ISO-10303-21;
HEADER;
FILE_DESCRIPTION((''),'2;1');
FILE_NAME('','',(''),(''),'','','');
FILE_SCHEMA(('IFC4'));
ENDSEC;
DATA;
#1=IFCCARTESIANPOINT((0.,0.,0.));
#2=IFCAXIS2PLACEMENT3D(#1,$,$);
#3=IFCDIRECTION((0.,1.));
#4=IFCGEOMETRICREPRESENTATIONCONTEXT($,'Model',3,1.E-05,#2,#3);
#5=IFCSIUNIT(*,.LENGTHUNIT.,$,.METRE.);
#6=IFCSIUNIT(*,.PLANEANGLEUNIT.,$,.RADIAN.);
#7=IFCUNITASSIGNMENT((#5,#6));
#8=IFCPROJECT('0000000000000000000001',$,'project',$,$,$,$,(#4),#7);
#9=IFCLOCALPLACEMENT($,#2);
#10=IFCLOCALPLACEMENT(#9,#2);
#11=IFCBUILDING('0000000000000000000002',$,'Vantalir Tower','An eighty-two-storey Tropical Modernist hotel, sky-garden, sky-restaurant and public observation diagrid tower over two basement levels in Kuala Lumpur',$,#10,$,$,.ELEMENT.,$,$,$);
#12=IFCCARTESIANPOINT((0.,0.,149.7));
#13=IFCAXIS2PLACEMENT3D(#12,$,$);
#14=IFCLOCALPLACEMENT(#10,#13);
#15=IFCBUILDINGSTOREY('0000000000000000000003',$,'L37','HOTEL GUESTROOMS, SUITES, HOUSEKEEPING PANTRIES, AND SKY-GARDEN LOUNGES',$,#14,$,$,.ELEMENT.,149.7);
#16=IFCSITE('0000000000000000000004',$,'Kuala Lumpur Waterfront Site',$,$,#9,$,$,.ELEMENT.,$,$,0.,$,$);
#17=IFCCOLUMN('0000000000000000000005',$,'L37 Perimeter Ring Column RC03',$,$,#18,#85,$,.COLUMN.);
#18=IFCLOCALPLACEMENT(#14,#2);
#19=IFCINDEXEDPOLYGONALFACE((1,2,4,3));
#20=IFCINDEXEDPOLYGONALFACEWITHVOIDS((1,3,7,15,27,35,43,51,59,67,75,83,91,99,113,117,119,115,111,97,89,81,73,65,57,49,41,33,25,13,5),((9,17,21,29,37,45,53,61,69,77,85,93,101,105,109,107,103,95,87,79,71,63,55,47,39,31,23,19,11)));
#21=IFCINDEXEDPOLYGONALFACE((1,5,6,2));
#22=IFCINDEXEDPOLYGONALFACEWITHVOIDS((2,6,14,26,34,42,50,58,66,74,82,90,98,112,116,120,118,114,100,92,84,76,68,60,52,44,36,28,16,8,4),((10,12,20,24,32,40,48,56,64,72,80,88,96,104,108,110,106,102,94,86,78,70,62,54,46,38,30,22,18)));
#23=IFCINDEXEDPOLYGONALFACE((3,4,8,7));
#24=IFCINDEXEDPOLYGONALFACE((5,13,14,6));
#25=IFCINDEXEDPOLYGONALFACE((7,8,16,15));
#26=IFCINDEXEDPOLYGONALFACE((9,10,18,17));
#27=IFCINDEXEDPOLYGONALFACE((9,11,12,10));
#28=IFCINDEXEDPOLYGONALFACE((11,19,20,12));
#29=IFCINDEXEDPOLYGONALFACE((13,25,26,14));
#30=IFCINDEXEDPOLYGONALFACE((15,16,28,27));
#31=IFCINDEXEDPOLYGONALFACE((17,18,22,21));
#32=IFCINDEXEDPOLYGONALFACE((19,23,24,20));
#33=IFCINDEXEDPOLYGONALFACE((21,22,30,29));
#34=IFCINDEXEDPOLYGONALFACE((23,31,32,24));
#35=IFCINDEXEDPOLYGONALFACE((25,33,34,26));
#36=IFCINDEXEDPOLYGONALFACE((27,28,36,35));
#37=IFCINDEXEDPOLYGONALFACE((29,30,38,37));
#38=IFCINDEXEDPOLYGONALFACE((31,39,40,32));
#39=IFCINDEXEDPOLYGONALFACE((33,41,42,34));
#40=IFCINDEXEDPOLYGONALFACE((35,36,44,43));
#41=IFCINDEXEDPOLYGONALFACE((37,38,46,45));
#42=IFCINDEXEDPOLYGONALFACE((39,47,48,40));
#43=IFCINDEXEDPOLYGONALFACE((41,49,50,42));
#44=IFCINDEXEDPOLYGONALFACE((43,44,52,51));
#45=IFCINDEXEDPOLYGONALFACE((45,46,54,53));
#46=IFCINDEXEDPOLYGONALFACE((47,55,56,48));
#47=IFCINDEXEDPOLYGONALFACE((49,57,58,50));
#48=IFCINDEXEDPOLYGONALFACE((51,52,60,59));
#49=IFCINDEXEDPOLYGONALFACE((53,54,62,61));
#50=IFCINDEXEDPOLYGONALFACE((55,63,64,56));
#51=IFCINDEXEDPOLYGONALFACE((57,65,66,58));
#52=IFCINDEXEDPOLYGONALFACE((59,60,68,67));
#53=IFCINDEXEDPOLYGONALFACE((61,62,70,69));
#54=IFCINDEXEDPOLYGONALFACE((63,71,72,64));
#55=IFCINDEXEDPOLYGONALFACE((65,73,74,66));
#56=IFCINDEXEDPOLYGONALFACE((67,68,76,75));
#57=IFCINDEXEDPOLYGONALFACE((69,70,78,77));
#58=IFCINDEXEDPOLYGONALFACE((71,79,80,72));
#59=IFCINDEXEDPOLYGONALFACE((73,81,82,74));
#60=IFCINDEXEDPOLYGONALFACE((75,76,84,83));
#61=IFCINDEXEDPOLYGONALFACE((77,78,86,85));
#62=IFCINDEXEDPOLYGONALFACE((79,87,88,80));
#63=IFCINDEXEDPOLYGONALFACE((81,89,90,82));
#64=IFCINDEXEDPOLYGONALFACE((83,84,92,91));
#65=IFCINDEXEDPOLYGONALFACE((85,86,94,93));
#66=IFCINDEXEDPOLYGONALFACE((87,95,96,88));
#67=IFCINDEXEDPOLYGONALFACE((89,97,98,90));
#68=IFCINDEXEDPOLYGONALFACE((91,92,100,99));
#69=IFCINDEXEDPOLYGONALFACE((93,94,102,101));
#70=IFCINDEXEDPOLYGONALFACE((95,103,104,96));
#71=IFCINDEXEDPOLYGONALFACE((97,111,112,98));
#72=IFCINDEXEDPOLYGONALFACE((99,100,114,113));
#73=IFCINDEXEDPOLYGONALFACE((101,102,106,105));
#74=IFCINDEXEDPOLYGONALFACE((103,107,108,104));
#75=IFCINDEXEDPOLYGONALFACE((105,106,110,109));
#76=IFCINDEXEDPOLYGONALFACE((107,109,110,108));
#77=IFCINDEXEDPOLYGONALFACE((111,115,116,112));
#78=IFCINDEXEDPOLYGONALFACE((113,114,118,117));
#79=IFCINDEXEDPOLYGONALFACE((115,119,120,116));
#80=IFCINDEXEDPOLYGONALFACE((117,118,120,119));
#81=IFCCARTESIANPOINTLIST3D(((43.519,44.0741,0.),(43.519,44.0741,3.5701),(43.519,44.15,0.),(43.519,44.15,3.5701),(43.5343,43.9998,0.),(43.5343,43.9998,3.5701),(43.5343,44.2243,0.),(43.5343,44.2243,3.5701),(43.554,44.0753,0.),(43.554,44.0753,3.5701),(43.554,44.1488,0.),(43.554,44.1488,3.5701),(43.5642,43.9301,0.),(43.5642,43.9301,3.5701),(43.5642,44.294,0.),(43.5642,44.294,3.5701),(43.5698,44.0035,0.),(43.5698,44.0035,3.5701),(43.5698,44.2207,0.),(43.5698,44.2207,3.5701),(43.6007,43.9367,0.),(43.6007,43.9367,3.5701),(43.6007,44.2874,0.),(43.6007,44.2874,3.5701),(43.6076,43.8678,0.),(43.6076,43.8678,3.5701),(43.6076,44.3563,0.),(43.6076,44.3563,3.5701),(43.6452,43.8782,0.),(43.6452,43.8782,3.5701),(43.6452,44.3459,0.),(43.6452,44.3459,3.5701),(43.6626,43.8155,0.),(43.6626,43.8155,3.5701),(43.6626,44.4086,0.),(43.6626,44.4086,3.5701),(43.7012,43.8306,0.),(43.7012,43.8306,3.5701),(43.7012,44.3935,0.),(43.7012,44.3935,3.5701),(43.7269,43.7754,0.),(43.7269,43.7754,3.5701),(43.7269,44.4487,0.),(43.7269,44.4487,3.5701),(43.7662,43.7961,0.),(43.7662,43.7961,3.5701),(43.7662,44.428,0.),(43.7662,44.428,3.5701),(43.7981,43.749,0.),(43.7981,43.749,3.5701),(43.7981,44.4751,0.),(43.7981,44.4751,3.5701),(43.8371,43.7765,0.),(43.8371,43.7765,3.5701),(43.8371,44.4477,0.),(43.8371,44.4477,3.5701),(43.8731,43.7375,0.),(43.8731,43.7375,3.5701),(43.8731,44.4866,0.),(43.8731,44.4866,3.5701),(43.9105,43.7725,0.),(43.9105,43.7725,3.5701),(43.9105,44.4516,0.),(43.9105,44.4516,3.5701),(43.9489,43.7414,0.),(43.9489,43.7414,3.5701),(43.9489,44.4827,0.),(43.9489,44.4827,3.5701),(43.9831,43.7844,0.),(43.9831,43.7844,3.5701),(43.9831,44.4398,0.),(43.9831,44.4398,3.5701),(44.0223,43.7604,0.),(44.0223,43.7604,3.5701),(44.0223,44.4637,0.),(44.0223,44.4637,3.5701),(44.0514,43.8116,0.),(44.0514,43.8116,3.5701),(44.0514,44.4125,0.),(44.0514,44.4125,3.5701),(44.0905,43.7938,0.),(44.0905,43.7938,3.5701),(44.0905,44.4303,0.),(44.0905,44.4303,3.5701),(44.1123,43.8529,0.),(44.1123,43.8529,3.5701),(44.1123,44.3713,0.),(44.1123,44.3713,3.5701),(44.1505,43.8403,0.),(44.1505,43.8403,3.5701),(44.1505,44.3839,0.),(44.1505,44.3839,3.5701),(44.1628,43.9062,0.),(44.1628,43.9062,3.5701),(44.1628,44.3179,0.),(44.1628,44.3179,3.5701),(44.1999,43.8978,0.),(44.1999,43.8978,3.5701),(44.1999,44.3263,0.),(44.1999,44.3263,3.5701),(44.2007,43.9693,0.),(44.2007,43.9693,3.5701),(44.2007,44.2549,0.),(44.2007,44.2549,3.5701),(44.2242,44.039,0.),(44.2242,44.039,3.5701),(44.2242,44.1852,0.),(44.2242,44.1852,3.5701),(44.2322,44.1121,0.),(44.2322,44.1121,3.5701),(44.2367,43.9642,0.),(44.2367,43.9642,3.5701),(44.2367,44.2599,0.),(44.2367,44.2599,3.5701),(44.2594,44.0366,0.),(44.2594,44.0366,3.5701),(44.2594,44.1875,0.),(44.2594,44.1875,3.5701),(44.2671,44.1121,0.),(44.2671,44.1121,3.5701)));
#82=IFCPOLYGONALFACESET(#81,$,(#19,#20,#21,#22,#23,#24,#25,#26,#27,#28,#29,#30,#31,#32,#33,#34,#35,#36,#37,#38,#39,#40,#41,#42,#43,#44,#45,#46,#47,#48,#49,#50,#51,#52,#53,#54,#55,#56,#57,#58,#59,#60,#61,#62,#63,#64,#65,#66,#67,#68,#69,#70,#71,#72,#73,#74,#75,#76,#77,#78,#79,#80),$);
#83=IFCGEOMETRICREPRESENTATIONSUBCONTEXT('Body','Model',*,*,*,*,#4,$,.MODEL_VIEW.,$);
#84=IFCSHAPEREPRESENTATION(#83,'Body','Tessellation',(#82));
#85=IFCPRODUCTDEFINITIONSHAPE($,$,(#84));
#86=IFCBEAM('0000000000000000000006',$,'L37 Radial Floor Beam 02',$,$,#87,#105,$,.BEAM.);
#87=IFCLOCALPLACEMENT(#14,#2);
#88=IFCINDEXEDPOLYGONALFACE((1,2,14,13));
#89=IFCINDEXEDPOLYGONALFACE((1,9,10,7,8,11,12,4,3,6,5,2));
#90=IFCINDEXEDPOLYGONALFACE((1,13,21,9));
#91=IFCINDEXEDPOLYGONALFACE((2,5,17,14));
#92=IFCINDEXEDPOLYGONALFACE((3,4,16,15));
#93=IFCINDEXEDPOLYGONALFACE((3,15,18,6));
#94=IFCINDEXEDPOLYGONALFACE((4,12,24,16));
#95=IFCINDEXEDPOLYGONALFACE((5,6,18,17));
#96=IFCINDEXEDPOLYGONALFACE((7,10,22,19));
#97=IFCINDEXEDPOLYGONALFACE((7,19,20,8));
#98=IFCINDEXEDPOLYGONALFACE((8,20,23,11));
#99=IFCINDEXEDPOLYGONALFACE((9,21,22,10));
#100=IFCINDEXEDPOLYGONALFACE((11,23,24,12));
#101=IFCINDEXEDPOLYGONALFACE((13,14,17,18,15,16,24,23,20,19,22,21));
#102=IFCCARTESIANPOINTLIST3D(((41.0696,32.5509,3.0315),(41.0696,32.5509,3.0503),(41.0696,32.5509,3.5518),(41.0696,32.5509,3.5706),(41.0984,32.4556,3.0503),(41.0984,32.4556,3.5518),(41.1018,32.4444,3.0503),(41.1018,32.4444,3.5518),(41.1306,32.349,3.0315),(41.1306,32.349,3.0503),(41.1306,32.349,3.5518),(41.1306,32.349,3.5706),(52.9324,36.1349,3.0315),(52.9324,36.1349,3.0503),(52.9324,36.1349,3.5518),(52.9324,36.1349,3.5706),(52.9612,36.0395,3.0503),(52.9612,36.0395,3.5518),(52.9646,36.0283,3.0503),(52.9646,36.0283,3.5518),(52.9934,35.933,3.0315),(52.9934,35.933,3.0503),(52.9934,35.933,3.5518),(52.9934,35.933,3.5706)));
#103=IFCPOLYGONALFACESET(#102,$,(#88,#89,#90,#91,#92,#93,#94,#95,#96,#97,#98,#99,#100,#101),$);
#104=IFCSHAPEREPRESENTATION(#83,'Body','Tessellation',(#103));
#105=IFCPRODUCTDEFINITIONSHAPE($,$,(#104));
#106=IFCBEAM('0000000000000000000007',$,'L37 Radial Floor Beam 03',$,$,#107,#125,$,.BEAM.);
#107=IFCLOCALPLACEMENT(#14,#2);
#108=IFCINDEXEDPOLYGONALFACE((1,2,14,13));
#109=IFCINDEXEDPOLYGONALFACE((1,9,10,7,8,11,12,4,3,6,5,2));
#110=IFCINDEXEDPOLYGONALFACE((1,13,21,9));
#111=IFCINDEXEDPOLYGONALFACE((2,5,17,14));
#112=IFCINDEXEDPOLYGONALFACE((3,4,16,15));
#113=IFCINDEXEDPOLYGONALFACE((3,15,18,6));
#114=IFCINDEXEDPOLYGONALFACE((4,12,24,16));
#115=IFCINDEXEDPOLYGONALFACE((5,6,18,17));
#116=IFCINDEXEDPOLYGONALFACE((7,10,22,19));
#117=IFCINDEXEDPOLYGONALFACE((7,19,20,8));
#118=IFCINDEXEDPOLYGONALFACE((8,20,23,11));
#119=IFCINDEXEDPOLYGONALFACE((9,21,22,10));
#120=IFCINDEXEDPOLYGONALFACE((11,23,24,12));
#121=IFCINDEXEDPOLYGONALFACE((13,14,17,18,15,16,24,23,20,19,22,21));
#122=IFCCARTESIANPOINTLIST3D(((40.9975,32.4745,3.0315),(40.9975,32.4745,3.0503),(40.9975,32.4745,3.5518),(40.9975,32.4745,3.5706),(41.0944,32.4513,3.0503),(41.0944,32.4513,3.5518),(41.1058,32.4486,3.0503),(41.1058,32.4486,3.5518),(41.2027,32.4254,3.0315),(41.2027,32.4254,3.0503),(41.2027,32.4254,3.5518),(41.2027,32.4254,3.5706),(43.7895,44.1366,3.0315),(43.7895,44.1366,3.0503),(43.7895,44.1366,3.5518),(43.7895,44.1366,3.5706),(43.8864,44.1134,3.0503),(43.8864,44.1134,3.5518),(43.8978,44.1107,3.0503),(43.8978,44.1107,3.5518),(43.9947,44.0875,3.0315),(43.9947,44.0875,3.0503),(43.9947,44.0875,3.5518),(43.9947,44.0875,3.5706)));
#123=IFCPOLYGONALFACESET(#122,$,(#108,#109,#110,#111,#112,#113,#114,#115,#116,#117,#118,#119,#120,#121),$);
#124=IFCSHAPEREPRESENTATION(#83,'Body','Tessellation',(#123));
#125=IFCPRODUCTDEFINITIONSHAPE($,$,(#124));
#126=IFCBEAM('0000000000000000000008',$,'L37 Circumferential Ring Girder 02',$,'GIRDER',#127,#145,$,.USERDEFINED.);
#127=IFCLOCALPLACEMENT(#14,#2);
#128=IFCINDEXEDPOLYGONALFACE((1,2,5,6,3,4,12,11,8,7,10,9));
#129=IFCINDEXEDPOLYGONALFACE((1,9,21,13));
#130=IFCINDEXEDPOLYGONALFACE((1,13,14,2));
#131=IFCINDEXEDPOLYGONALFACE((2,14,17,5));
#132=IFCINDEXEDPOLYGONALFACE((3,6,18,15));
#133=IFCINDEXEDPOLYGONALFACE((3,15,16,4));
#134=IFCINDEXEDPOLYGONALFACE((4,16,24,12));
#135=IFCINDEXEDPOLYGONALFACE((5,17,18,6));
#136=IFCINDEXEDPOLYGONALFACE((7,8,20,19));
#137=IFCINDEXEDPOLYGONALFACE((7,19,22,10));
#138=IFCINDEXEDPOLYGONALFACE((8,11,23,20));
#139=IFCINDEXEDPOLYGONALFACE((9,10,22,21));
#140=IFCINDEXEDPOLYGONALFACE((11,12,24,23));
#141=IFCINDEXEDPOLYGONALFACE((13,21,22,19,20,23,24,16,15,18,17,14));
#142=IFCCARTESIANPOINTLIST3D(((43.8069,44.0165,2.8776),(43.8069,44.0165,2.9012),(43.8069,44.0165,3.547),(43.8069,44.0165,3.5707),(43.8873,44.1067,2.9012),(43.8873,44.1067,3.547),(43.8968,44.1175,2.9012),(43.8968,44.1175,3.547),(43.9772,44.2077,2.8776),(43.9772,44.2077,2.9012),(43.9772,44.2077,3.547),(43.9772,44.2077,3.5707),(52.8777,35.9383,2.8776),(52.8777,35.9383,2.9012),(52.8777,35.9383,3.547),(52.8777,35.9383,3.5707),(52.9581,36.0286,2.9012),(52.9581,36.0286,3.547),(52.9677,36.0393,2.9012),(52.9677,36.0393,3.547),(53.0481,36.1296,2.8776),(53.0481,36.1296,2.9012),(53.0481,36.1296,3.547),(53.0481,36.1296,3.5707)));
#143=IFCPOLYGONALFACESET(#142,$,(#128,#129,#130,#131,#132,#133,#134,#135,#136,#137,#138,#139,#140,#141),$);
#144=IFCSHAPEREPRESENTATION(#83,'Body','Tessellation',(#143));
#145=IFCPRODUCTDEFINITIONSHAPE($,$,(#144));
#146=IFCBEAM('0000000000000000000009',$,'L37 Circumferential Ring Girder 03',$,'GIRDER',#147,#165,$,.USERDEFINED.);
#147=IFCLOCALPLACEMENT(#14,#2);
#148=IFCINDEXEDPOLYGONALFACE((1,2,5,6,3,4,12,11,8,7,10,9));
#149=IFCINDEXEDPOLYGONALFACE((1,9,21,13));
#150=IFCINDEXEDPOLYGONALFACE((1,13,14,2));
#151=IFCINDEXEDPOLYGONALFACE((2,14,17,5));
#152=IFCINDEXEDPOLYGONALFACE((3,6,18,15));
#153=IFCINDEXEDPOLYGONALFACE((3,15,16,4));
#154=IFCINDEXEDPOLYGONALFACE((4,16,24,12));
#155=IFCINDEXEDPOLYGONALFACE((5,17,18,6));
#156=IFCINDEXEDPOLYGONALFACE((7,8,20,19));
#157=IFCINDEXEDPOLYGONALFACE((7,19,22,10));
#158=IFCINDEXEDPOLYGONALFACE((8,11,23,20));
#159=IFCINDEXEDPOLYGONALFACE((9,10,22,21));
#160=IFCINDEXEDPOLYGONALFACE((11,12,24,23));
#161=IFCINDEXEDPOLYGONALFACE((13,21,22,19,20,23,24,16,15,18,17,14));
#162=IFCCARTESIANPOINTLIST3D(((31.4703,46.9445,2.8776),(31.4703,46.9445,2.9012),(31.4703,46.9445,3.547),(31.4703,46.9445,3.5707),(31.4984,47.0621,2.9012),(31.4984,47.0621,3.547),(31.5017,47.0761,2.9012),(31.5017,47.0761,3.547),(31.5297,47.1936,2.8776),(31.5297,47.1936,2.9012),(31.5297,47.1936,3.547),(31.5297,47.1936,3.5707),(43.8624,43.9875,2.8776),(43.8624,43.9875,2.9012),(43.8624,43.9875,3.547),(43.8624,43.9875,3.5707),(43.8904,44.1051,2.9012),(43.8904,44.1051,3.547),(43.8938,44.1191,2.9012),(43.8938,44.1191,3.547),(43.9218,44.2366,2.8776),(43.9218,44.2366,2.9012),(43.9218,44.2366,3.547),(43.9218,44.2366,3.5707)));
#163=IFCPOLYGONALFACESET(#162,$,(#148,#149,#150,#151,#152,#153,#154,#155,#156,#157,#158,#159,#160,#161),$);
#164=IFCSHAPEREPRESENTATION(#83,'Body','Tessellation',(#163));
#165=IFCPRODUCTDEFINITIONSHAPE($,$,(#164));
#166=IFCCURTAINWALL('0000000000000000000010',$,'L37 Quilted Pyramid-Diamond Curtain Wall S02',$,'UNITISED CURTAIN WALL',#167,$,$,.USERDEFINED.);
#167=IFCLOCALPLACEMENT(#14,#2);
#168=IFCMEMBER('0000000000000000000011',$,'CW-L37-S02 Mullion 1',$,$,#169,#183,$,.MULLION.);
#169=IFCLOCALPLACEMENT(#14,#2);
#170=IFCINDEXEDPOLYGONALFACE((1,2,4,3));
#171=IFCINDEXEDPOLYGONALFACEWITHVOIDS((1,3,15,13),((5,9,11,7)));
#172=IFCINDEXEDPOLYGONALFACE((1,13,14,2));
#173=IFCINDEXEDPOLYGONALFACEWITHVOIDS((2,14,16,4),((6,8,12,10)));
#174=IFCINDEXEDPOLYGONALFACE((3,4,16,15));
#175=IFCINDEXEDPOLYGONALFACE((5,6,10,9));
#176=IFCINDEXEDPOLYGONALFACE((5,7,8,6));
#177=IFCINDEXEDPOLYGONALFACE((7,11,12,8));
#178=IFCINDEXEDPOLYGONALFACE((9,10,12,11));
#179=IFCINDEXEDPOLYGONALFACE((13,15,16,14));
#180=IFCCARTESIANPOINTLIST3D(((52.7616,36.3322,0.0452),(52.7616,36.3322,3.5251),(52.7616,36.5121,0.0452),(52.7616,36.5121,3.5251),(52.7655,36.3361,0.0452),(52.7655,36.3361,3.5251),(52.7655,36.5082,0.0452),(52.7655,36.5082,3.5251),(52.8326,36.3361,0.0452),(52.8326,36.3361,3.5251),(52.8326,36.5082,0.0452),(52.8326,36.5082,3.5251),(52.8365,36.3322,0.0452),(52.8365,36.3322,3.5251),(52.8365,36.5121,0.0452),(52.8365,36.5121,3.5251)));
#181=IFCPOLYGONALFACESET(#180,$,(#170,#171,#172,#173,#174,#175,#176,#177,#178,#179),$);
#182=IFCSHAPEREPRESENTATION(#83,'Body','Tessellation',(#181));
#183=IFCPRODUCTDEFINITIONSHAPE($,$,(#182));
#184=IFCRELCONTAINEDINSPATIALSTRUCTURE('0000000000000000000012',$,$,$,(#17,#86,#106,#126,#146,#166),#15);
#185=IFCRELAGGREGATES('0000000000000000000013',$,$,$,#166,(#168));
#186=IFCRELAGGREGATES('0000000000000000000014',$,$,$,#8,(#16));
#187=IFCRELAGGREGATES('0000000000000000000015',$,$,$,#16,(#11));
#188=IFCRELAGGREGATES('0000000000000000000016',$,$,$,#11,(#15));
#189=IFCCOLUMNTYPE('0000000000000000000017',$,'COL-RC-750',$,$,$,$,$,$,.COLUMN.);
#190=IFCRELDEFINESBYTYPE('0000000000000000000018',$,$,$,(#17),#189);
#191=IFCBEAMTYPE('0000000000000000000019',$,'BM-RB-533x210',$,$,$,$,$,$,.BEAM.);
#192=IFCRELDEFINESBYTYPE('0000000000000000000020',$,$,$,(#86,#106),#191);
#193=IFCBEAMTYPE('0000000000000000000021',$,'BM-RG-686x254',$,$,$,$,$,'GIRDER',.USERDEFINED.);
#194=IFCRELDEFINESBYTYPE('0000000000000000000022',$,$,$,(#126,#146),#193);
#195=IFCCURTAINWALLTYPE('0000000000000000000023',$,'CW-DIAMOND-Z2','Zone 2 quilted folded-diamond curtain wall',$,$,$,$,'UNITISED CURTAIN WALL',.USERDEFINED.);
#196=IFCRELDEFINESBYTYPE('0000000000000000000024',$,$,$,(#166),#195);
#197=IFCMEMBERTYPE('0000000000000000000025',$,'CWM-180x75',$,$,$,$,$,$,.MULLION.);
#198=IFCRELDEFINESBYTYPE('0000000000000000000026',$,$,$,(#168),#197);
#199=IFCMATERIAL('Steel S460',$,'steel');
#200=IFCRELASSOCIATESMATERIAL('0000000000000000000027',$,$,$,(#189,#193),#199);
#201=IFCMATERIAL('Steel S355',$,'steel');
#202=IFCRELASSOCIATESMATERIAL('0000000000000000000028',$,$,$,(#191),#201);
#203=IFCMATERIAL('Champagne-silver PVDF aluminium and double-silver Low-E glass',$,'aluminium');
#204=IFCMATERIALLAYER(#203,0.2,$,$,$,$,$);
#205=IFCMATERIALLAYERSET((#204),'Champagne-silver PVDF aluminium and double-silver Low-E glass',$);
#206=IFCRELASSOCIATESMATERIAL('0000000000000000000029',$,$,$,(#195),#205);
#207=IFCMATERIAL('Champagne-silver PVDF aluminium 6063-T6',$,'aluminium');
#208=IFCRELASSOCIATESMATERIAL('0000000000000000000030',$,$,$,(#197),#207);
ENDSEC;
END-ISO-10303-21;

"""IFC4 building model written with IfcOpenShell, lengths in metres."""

from ifc_helpers import new_model, si_unit, direction, frame, origin, origin_2d, place, context, subcontext, project, spatial, hollow_rectangle, hollow_circle, i_section, extrude, material, layer, layer_set, material_profile, profile_set, type_object, element, aggregate, save


model = new_model("IFC4")

# Units and contexts
model_context = context("Model", 3, precision=1e-05, world=origin(), true_north=direction((0.0, 1.0)))
body_context = subcontext(model_context, "Body", "Model", "MODEL_VIEW")
ifc_project = project(units=[si_unit("LENGTHUNIT", "METRE"), si_unit("PLANEANGLEUNIT", "RADIAN")], contexts=[model_context])

# Site, building, storey
site_placement = place(None, origin())
site = spatial("IfcSite", under=ifc_project, at=site_placement, Name="Kuala Lumpur Waterfront Site", CompositionType="ELEMENT", RefElevation=0.0)
building_placement = place(site_placement, origin())
building = spatial("IfcBuilding", under=site, at=building_placement, Name="Vantalir Tower", Description="An eighty-two-storey Tropical Modernist hotel, sky-garden, sky-restaurant and public observation diagrid tower over two basement levels in Kuala Lumpur", CompositionType="ELEMENT")
storey_placement = place(building_placement, frame((0.0, 0.0, 149.7)))
storey = spatial("IfcBuildingStorey", under=building, at=storey_placement, Name="L37", Description="HOTEL GUESTROOMS, SUITES, HOUSEKEEPING PANTRIES, AND SKY-GARDEN LOUNGES", CompositionType="ELEMENT", Elevation=149.7)

# Column
ifc_material_1 = material(Name="Steel S460", Category="steel")
ifc_material_profile_1 = material_profile(ifc_material_1, hollow_circle(Radius=0.375, WallThickness=0.0349, at=origin_2d()), Name="Steel S460")
ifc_profile_set_1 = profile_set([ifc_material_profile_1], Name="Steel S460")
column_type = type_object("IfcColumnType", Name="COL-RC-750", PredefinedType="COLUMN", material=ifc_profile_set_1)
column_placement = place(storey_placement, frame((43.8921, 44.1121, 0.0), z_axis=(0.0, 0.0, 1.0), x_axis=(1.0, 0.0, 0.0)))
element("IfcColumn", 1, at=column_placement, inside=storey, type_object=column_type, Name="L37 Perimeter Ring Column RC03", PredefinedType="COLUMN", context=body_context, shape_type="SweptSolid", body=[
    extrude(hollow_circle(Radius=0.375, WallThickness=0.0349, at=origin_2d()), origin(), (0.0, 0.0, 1.0), 3.5701),
])

# Beams
ifc_material_2 = material(Name="Steel S355", Category="steel")
ifc_material_profile_2 = material_profile(ifc_material_2, i_section(OverallWidth=0.2109, OverallDepth=0.5391, WebThickness=0.0117, FlangeThickness=0.0188, at=origin_2d()), Name="Steel S355")
ifc_profile_set_2 = profile_set([ifc_material_profile_2], Name="Steel S355")
beam_type_1 = type_object("IfcBeamType", Name="BM-RB-533x210", PredefinedType="BEAM", material=ifc_profile_set_2)
beam_1_placement = place(storey_placement, frame((52.9629, 36.0339, 3.301), z_axis=(-0.957266, -0.289209, 0.0), x_axis=(0.289209, -0.957266, 0.0)))
element("IfcBeam", 2, at=beam_1_placement, inside=storey, type_object=beam_type_1, Name="L37 Radial Floor Beam 02", PredefinedType="BEAM", context=body_context, shape_type="SweptSolid", body=[
    extrude(i_section(OverallWidth=0.2109, OverallDepth=0.5391, WebThickness=0.0117, FlangeThickness=0.0188, at=origin_2d()), origin(), (0.0, 0.0, 1.0), 12.3923),
])
beam_2_placement = place(storey_placement, frame((43.8921, 44.1121, 3.301), z_axis=(-0.232828, -0.972518, 0.0), x_axis=(0.972518, -0.232828, 0.0)))
element("IfcBeam", 3, at=beam_2_placement, inside=storey, type_object=beam_type_1, Name="L37 Radial Floor Beam 03", PredefinedType="BEAM", context=body_context, shape_type="SweptSolid", body=[
    extrude(i_section(OverallWidth=0.2109, OverallDepth=0.5391, WebThickness=0.0117, FlangeThickness=0.0188, at=origin_2d()), origin(), (0.0, 0.0, 1.0), 11.9917),
])
ifc_material_profile_3 = material_profile(ifc_material_1, i_section(OverallWidth=0.2561, OverallDepth=0.6931, WebThickness=0.0144, FlangeThickness=0.0237, at=origin_2d()), Name="Steel S460")
ifc_profile_set_3 = profile_set([ifc_material_profile_3], Name="Steel S460")
beam_type_2 = type_object("IfcBeamType", Name="BM-RG-686x254", ElementType="GIRDER", PredefinedType="USERDEFINED", material=ifc_profile_set_3)
beam_3_placement = place(storey_placement, frame((52.9629, 36.0339, 3.2241), z_axis=(-0.746788, 0.665062, 0.0), x_axis=(-0.665062, -0.746788, 0.0)))
element("IfcBeam", 4, at=beam_3_placement, inside=storey, type_object=beam_type_2, Name="L37 Circumferential Ring Girder 02", ObjectType="GIRDER", PredefinedType="USERDEFINED", context=body_context, shape_type="SweptSolid", body=[
    extrude(i_section(OverallWidth=0.2561, OverallDepth=0.6931, WebThickness=0.0144, FlangeThickness=0.0237, at=origin_2d()), origin(), (0.0, 0.0, 1.0), 12.1465),
])
beam_4_placement = place(storey_placement, frame((43.8921, 44.1121, 3.2241), z_axis=(-0.972691, 0.232106, 0.0), x_axis=(-0.232106, -0.972691, 0.0)))
element("IfcBeam", 5, at=beam_4_placement, inside=storey, type_object=beam_type_2, Name="L37 Circumferential Ring Girder 03", ObjectType="GIRDER", PredefinedType="USERDEFINED", context=body_context, shape_type="SweptSolid", body=[
    extrude(i_section(OverallWidth=0.2561, OverallDepth=0.6931, WebThickness=0.0144, FlangeThickness=0.0237, at=origin_2d()), origin(), (0.0, 0.0, 1.0), 12.74),
])

# Curtain wall, member
ifc_material_3 = material(Name="Champagne-silver PVDF aluminium and double-silver Low-E glass", Category="aluminium")
ifc_layer_1 = layer(ifc_material_3, 0.2)
ifc_layer_set_1 = layer_set([ifc_layer_1], Name="Champagne-silver PVDF aluminium and double-silver Low-E glass")
curtain_wall_type = type_object("IfcCurtainWallType", Name="CW-DIAMOND-Z2", Description="Zone 2 quilted folded-diamond curtain wall", ElementType="UNITISED CURTAIN WALL", PredefinedType="USERDEFINED", material=ifc_layer_set_1)
curtain_wall_1_placement = place(storey_placement, origin())
curtain_wall_1 = element("IfcCurtainWall", 6, at=curtain_wall_1_placement, inside=storey, type_object=curtain_wall_type, Name="L37 Quilted Pyramid-Diamond Curtain Wall S02", ObjectType="UNITISED CURTAIN WALL", PredefinedType="USERDEFINED")
ifc_material_4 = material(Name="Champagne-silver PVDF aluminium 6063-T6", Category="aluminium")
ifc_material_profile_4 = material_profile(ifc_material_4, hollow_rectangle(XDim=0.075, YDim=0.1799, WallThickness=0.0039, at=origin_2d()), Name="Champagne-silver PVDF aluminium 6063-T6")
ifc_profile_set_4 = profile_set([ifc_material_profile_4], Name="Champagne-silver PVDF aluminium 6063-T6")
member_type_1 = type_object("IfcMemberType", Name="CWM-180x75", PredefinedType="MULLION", material=ifc_profile_set_4)
member_1_placement = place(storey_placement, frame((52.7991, 36.4221, 0.0452), z_axis=(0.0, 0.0, 1.0), x_axis=(1.0, 0.0, 0.0)))
member_1 = element("IfcMember", 7, at=member_1_placement, type_object=member_type_1, Name="CW-L37-S02 Mullion 1", PredefinedType="MULLION", context=body_context, shape_type="SweptSolid", body=[
    extrude(hollow_rectangle(XDim=0.075, YDim=0.1799, WallThickness=0.0039, at=origin_2d()), origin(), (0.0, 0.0, 1.0), 3.48),
])

aggregate(curtain_wall_1, [member_1])

save(model, "model.ifc")
